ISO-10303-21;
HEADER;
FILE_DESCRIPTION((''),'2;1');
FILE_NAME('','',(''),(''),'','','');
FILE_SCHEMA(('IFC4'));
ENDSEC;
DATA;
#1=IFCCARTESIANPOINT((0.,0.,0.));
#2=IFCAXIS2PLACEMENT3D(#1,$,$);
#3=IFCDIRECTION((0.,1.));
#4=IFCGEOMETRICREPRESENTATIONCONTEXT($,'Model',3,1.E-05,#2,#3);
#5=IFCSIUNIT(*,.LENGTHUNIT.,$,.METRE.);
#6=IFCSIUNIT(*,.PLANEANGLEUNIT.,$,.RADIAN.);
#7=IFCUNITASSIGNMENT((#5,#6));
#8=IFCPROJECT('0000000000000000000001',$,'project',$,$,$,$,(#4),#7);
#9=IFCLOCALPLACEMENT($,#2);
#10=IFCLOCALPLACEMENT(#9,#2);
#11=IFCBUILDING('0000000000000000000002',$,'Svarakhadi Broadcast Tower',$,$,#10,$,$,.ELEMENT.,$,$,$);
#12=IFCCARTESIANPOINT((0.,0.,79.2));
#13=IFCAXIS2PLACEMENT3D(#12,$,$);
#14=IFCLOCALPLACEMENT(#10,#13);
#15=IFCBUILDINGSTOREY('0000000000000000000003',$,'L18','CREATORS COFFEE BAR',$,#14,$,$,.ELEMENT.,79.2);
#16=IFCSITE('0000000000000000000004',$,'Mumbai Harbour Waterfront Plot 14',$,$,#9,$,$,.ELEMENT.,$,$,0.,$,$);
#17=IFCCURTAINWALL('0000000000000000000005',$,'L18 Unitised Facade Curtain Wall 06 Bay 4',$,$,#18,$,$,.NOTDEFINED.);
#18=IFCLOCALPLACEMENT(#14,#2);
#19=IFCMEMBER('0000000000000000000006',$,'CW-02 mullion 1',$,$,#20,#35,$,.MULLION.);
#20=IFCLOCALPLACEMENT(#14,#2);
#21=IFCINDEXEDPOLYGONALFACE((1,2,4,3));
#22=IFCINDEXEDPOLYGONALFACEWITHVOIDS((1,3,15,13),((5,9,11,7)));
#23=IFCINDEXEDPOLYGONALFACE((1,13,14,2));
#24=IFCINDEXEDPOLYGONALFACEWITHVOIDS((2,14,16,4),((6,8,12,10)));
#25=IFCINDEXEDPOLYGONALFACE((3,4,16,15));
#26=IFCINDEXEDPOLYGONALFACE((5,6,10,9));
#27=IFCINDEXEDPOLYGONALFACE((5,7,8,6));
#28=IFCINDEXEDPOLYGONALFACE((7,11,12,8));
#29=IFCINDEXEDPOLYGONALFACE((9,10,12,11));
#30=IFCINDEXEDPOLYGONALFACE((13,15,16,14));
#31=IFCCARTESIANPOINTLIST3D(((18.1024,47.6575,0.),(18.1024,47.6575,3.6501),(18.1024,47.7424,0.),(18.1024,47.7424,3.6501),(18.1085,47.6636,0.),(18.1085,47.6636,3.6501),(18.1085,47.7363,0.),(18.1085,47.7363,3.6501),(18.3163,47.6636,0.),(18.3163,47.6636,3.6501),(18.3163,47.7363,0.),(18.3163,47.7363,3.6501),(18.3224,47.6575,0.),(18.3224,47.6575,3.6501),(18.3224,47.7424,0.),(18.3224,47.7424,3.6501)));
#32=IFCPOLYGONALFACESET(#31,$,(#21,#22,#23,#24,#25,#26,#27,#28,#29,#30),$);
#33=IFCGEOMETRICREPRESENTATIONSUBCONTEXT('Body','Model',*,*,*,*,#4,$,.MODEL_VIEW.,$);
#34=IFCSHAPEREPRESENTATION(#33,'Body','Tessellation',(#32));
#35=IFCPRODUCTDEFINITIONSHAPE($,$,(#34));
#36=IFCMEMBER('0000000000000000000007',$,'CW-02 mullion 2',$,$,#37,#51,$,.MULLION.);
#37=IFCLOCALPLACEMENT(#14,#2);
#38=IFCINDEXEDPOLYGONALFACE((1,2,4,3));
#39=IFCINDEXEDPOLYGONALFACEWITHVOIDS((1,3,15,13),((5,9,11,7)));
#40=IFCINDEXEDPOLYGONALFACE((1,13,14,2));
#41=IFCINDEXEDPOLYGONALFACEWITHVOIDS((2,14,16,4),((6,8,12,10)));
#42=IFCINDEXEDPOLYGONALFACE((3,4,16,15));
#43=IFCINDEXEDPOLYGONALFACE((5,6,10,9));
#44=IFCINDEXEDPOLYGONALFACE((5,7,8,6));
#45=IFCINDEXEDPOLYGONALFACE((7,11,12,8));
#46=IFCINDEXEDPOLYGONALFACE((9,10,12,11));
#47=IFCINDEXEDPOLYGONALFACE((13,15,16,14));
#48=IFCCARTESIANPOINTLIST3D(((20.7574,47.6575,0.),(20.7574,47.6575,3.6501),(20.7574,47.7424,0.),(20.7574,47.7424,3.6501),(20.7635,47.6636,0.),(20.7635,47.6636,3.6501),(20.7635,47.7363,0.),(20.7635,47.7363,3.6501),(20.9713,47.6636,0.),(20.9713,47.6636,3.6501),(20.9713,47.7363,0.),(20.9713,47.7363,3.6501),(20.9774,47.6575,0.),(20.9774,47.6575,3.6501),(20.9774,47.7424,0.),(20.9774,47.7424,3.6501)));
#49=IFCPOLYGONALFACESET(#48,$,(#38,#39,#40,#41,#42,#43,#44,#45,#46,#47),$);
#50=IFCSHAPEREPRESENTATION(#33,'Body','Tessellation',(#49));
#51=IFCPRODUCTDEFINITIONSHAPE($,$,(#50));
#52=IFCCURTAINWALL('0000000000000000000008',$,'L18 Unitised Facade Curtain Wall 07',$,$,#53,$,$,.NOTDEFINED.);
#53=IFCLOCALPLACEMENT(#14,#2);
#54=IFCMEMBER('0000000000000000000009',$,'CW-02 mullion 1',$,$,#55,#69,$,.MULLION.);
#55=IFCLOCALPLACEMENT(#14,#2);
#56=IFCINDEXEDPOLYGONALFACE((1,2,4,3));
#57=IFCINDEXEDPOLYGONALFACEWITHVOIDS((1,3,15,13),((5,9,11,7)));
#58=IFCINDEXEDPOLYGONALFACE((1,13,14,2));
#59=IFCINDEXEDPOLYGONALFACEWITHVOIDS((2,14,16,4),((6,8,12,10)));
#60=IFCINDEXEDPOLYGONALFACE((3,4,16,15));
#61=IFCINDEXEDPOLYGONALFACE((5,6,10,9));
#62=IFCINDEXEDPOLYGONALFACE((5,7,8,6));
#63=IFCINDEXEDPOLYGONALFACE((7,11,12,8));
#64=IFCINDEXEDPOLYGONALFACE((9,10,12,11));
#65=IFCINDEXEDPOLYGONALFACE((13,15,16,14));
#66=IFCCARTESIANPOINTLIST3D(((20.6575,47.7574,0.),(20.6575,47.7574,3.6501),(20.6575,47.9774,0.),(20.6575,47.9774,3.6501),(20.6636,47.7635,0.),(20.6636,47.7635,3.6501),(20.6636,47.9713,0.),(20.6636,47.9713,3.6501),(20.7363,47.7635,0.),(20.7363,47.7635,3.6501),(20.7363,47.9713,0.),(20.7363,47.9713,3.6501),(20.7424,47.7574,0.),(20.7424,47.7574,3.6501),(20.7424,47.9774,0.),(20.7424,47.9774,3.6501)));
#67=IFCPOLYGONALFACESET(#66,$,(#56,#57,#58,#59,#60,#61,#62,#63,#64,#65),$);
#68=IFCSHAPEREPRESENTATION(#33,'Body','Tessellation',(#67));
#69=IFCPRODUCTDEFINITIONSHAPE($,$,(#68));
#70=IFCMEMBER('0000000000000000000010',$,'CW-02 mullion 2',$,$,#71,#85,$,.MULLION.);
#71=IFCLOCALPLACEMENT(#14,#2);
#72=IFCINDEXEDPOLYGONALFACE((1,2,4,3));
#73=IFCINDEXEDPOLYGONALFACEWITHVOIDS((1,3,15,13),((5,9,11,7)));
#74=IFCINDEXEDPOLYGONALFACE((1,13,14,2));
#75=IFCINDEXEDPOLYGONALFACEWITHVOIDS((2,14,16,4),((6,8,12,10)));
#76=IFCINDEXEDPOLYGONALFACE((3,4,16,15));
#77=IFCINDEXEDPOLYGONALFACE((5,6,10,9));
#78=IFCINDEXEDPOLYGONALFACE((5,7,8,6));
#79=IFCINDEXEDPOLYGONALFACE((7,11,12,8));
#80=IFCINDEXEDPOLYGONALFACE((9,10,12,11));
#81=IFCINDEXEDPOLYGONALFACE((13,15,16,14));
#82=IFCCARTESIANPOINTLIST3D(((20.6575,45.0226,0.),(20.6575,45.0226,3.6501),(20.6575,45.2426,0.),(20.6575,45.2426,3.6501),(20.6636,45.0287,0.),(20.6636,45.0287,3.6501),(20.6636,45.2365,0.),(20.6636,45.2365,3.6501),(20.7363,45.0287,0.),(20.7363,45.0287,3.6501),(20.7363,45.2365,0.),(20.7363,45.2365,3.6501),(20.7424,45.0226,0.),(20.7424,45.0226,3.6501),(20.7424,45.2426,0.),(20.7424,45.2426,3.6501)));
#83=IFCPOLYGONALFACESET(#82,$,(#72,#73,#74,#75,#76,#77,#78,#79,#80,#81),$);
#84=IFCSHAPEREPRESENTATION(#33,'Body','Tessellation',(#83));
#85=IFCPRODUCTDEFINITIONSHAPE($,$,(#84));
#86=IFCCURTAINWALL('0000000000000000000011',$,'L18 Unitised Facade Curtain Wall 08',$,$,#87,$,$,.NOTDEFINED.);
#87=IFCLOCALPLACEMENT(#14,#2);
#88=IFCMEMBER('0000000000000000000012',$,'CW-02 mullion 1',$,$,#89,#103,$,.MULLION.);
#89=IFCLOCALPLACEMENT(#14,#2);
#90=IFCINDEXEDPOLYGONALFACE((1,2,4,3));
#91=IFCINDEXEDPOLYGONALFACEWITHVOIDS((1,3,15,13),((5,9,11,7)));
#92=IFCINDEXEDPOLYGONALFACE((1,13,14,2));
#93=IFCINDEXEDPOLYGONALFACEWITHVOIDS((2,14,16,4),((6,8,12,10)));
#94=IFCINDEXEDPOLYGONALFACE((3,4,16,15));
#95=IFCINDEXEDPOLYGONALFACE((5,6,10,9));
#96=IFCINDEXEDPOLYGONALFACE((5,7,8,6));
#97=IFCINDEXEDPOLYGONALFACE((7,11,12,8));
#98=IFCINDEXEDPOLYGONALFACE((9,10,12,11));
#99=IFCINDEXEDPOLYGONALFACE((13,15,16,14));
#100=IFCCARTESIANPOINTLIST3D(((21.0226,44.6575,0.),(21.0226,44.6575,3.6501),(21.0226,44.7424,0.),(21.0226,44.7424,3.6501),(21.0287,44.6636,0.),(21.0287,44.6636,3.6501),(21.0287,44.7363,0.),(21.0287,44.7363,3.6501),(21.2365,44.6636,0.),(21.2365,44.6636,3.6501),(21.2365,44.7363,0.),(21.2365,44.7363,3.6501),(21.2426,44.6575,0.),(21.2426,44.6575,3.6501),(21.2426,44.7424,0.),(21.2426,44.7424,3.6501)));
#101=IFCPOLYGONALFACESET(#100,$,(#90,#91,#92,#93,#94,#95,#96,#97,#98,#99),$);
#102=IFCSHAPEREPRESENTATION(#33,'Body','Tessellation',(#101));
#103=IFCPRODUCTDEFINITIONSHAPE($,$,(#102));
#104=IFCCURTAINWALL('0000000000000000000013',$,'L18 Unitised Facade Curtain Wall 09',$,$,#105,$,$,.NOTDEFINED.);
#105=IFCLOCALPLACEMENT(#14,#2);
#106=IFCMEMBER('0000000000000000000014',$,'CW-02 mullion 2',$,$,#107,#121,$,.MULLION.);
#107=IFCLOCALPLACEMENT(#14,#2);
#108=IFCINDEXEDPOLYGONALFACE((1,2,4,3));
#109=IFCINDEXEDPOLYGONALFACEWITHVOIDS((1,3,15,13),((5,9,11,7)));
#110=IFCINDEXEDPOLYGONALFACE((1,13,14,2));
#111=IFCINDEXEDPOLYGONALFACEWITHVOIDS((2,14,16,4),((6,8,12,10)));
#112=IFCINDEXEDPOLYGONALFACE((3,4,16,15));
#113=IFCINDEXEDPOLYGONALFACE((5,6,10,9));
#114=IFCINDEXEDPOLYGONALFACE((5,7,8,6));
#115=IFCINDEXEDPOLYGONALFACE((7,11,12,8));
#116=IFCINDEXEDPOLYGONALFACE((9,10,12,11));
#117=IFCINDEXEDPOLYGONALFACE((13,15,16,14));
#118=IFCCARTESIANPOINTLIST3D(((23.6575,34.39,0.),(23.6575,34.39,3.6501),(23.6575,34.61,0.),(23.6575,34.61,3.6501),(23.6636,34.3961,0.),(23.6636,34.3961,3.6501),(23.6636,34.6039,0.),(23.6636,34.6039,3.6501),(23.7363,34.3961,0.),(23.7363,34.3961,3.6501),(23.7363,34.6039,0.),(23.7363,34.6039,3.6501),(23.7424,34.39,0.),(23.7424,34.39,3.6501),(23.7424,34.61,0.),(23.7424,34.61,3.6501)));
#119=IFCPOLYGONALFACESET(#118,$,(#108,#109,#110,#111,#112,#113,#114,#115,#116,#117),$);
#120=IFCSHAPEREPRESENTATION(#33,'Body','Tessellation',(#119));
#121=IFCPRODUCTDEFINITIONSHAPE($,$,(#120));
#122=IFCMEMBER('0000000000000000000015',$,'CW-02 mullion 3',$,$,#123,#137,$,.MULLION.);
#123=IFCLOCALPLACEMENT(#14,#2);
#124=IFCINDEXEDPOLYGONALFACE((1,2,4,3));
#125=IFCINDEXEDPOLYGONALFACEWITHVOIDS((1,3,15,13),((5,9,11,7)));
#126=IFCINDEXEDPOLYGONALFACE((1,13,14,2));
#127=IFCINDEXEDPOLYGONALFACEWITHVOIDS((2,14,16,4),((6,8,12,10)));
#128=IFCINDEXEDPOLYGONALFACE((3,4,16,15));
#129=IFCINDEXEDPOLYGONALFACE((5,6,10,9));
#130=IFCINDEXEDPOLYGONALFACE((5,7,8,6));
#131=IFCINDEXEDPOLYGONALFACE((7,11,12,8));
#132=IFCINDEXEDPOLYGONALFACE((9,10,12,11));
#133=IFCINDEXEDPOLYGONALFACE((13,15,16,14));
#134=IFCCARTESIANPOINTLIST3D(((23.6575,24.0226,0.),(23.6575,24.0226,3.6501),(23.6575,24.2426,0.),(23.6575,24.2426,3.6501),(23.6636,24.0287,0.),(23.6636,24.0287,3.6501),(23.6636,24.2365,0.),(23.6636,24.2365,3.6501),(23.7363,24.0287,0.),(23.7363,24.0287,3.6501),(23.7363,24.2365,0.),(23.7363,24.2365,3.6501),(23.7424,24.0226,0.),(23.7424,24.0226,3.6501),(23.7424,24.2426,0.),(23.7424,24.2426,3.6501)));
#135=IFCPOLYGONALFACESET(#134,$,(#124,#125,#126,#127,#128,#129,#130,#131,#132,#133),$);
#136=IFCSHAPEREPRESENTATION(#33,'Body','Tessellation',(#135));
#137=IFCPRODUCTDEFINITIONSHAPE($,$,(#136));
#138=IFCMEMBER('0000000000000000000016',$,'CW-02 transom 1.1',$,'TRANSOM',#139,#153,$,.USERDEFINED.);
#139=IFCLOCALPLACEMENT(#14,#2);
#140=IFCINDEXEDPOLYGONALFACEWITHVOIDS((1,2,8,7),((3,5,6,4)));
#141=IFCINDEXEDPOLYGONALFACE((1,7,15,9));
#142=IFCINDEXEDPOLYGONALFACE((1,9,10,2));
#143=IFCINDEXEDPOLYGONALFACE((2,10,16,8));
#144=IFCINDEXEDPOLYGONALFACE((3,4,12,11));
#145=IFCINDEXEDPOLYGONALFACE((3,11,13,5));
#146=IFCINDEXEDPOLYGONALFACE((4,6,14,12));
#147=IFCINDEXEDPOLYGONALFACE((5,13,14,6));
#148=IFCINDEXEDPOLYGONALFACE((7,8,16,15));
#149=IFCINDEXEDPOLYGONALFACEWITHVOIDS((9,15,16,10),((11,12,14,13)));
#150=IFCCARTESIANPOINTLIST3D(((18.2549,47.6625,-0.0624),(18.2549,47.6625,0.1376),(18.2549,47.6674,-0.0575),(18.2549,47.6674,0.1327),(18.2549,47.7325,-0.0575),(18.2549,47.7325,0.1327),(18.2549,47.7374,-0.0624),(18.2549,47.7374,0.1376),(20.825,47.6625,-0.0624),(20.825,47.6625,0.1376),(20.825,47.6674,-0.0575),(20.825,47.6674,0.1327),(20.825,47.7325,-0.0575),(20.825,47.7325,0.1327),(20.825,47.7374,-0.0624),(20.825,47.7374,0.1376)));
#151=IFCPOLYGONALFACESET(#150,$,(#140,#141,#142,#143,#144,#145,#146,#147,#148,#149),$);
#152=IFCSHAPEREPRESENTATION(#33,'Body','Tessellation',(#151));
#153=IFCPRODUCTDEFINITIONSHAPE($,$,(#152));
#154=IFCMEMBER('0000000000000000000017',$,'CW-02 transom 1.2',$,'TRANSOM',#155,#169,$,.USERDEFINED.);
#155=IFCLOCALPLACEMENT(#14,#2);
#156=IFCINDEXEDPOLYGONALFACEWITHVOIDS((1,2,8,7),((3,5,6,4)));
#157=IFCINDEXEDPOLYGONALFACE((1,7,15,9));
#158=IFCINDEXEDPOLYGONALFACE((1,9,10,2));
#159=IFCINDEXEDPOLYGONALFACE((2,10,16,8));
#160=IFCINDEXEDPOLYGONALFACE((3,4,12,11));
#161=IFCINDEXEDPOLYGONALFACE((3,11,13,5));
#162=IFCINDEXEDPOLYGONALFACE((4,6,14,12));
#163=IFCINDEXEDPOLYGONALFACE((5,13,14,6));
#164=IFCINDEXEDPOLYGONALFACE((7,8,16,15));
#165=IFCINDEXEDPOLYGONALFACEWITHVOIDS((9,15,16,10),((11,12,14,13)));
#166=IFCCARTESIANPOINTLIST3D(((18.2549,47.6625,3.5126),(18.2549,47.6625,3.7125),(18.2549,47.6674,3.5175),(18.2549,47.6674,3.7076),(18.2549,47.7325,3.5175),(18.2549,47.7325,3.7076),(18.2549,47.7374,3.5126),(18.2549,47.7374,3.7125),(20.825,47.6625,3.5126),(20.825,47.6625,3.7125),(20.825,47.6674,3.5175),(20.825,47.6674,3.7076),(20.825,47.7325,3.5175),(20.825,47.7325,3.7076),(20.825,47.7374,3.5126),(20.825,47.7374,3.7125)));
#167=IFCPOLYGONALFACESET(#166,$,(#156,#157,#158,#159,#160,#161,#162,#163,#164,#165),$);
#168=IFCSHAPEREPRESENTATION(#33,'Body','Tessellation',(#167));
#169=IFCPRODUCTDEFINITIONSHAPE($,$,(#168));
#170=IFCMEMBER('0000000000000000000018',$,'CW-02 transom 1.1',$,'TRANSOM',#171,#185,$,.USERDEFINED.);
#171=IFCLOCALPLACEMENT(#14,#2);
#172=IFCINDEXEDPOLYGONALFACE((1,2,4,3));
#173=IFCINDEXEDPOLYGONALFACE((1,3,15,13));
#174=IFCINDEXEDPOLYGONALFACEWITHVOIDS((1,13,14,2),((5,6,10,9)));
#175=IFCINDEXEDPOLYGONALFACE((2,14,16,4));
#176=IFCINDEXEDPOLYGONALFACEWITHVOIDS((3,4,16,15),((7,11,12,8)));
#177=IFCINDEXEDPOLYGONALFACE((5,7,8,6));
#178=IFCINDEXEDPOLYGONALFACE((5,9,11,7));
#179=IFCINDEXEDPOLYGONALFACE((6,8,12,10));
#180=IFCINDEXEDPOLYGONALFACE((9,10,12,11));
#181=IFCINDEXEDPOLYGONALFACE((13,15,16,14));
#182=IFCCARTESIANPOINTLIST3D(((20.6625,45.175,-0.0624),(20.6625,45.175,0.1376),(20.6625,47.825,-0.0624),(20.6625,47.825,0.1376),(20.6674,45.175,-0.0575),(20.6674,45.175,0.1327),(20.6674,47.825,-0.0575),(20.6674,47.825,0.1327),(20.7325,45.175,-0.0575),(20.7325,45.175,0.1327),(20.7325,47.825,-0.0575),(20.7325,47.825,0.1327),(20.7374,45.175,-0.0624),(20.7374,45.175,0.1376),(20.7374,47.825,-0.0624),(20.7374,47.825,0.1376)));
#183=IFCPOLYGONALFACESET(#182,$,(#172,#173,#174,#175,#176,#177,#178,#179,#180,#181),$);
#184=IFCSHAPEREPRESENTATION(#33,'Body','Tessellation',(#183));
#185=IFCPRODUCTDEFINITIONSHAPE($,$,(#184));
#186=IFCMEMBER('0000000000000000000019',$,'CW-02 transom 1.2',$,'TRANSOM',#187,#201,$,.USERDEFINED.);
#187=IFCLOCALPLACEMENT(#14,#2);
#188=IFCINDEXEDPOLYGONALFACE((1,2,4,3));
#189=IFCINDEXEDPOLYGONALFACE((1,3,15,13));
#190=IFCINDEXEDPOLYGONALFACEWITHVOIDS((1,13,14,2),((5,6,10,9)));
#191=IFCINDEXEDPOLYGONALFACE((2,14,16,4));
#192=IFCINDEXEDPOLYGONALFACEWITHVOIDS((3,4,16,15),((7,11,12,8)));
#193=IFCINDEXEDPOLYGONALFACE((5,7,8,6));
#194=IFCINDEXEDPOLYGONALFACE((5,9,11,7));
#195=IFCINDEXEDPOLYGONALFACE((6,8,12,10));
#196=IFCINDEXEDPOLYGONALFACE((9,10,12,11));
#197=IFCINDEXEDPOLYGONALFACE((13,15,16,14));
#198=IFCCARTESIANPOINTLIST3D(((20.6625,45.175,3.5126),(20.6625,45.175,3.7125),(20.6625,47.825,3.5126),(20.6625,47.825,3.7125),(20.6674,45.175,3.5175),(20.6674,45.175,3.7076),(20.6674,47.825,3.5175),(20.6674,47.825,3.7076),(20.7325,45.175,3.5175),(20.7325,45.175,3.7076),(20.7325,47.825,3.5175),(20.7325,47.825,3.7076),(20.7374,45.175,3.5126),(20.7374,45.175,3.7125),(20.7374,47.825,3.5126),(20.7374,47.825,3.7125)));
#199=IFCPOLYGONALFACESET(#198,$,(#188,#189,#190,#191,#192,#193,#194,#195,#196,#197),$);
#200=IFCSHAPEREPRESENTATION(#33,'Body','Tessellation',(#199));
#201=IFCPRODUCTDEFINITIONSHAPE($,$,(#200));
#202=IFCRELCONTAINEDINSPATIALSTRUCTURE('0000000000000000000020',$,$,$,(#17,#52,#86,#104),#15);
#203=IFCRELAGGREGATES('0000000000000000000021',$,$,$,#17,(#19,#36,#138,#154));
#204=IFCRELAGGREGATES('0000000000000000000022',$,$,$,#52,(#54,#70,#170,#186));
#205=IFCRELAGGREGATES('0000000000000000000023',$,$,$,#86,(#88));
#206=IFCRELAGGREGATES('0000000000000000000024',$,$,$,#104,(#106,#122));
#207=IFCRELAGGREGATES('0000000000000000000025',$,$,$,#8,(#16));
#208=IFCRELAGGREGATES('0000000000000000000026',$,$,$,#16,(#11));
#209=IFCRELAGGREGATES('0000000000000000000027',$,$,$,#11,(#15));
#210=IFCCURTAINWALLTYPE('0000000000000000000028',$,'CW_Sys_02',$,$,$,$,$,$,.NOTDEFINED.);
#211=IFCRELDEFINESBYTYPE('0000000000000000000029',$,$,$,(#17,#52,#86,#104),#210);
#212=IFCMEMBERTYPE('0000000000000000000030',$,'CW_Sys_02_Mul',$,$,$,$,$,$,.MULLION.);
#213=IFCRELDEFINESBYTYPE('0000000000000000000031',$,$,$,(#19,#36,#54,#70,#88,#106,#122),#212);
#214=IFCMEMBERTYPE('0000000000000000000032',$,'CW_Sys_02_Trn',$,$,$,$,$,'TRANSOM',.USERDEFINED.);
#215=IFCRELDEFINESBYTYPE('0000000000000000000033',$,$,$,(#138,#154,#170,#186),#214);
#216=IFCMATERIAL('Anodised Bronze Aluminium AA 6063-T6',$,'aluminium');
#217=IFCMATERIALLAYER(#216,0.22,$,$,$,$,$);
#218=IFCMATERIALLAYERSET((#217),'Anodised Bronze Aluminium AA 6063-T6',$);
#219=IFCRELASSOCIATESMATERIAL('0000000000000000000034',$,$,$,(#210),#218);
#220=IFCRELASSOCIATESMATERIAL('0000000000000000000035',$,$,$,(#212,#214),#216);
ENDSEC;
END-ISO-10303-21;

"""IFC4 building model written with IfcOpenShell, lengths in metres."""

from ifc_helpers import new_model, si_unit, direction, frame, origin, origin_2d, place, context, subcontext, project, spatial, hollow_rectangle, extrude, material, layer, layer_set, material_profile, profile_set, type_object, element, aggregate, save


model = new_model("IFC4")

# Units and contexts
model_context = context("Model", 3, precision=1e-05, world=origin(), true_north=direction((0.0, 1.0)))
body_context = subcontext(model_context, "Body", "Model", "MODEL_VIEW")
ifc_project = project(units=[si_unit("LENGTHUNIT", "METRE"), si_unit("PLANEANGLEUNIT", "RADIAN")], contexts=[model_context])

# Site, building, storey
site_placement = place(None, origin())
site = spatial("IfcSite", under=ifc_project, at=site_placement, Name="Mumbai Harbour Waterfront Plot 14", CompositionType="ELEMENT", RefElevation=0.0)
building_placement = place(site_placement, origin())
building = spatial("IfcBuilding", under=site, at=building_placement, Name="Svarakhadi Broadcast Tower", CompositionType="ELEMENT")
storey_placement = place(building_placement, frame((0.0, 0.0, 79.2)))
storey = spatial("IfcBuildingStorey", under=building, at=storey_placement, Name="L18", Description="CREATORS COFFEE BAR", CompositionType="ELEMENT", Elevation=79.2)

# Curtain walls, members
ifc_material_1 = material(Name="Anodised Bronze Aluminium AA 6063-T6", Category="aluminium")
ifc_layer_1 = layer(ifc_material_1, 0.22)
ifc_layer_set_1 = layer_set([ifc_layer_1], Name="Anodised Bronze Aluminium AA 6063-T6")
curtain_wall_type = type_object("IfcCurtainWallType", Name="CW_Sys_02", PredefinedType="NOTDEFINED", material=ifc_layer_set_1)
curtain_wall_1_placement = place(storey_placement, origin())
curtain_wall_1 = element("IfcCurtainWall", 1, at=curtain_wall_1_placement, inside=storey, type_object=curtain_wall_type, Name="L18 Unitised Facade Curtain Wall 06 Bay 4", PredefinedType="NOTDEFINED")
ifc_material_profile_1 = material_profile(ifc_material_1, hollow_rectangle(XDim=0.085, YDim=0.22, WallThickness=0.0061, at=origin_2d()), Name="ALU MULLION 220x85x6")
ifc_profile_set_1 = profile_set([ifc_material_profile_1], Name="Anodised Bronze Aluminium AA 6063-T6")
member_type_1 = type_object("IfcMemberType", Name="CW_Sys_02_Mul", PredefinedType="MULLION", material=ifc_profile_set_1)
member_1_placement = place(storey_placement, frame((18.2124, 47.7, 0.0), z_axis=(0.0, 0.0, 1.0), x_axis=(0.0, 1.0, 0.0)))
member_1 = element("IfcMember", 2, at=member_1_placement, type_object=member_type_1, Name="CW-02 mullion 1", PredefinedType="MULLION", context=body_context, shape_type="SweptSolid", body=[
    extrude(hollow_rectangle(XDim=0.085, YDim=0.22, WallThickness=0.0061, at=origin_2d()), origin(), (0.0, 0.0, 1.0), 3.6501),
])
member_2_placement = place(storey_placement, frame((20.8674, 47.7, 0.0), z_axis=(0.0, 0.0, 1.0), x_axis=(0.0, 1.0, 0.0)))
member_2 = element("IfcMember", 3, at=member_2_placement, type_object=member_type_1, Name="CW-02 mullion 2", PredefinedType="MULLION", context=body_context, shape_type="SweptSolid", body=[
    extrude(hollow_rectangle(XDim=0.085, YDim=0.22, WallThickness=0.0061, at=origin_2d()), origin(), (0.0, 0.0, 1.0), 3.6501),
])
curtain_wall_2_placement = place(storey_placement, origin())
curtain_wall_2 = element("IfcCurtainWall", 4, at=curtain_wall_2_placement, inside=storey, type_object=curtain_wall_type, Name="L18 Unitised Facade Curtain Wall 07", PredefinedType="NOTDEFINED")
member_3_placement = place(storey_placement, frame((20.7, 47.8674, 0.0), z_axis=(0.0, 0.0, 1.0), x_axis=(1.0, 0.0, 0.0)))
member_3 = element("IfcMember", 5, at=member_3_placement, type_object=member_type_1, Name="CW-02 mullion 1", PredefinedType="MULLION", context=body_context, shape_type="SweptSolid", body=[
    extrude(hollow_rectangle(XDim=0.085, YDim=0.22, WallThickness=0.0061, at=origin_2d()), origin(), (0.0, 0.0, 1.0), 3.6501),
])
member_4_placement = place(storey_placement, frame((20.7, 45.1326, 0.0), z_axis=(0.0, 0.0, 1.0), x_axis=(1.0, 0.0, 0.0)))
member_4 = element("IfcMember", 6, at=member_4_placement, type_object=member_type_1, Name="CW-02 mullion 2", PredefinedType="MULLION", context=body_context, shape_type="SweptSolid", body=[
    extrude(hollow_rectangle(XDim=0.085, YDim=0.22, WallThickness=0.0061, at=origin_2d()), origin(), (0.0, 0.0, 1.0), 3.6501),
])

# Curtain wall, member
curtain_wall_3_placement = place(storey_placement, origin())
curtain_wall_3 = element("IfcCurtainWall", 7, at=curtain_wall_3_placement, inside=storey, type_object=curtain_wall_type, Name="L18 Unitised Facade Curtain Wall 08", PredefinedType="NOTDEFINED")
member_5_placement = place(storey_placement, frame((21.1326, 44.7, 0.0), z_axis=(0.0, 0.0, 1.0), x_axis=(0.0, 1.0, 0.0)))
member_5 = element("IfcMember", 8, at=member_5_placement, type_object=member_type_1, Name="CW-02 mullion 1", PredefinedType="MULLION", context=body_context, shape_type="SweptSolid", body=[
    extrude(hollow_rectangle(XDim=0.085, YDim=0.22, WallThickness=0.0061, at=origin_2d()), origin(), (0.0, 0.0, 1.0), 3.6501),
])

# Curtain wall, members
curtain_wall_4_placement = place(storey_placement, origin())
curtain_wall_4 = element("IfcCurtainWall", 9, at=curtain_wall_4_placement, inside=storey, type_object=curtain_wall_type, Name="L18 Unitised Facade Curtain Wall 09", PredefinedType="NOTDEFINED")
member_6_placement = place(storey_placement, frame((23.7, 34.5, 0.0), z_axis=(0.0, 0.0, 1.0), x_axis=(1.0, 0.0, 0.0)))
member_6 = element("IfcMember", 10, at=member_6_placement, type_object=member_type_1, Name="CW-02 mullion 2", PredefinedType="MULLION", context=body_context, shape_type="SweptSolid", body=[
    extrude(hollow_rectangle(XDim=0.085, YDim=0.22, WallThickness=0.0061, at=origin_2d()), origin(), (0.0, 0.0, 1.0), 3.6501),
])
member_7_placement = place(storey_placement, frame((23.7, 24.1326, 0.0), z_axis=(0.0, 0.0, 1.0), x_axis=(1.0, 0.0, 0.0)))
member_7 = element("IfcMember", 11, at=member_7_placement, type_object=member_type_1, Name="CW-02 mullion 3", PredefinedType="MULLION", context=body_context, shape_type="SweptSolid", body=[
    extrude(hollow_rectangle(XDim=0.085, YDim=0.22, WallThickness=0.0061, at=origin_2d()), origin(), (0.0, 0.0, 1.0), 3.6501),
])

# Members
ifc_material_profile_2 = material_profile(ifc_material_1, hollow_rectangle(XDim=0.075, YDim=0.2, WallThickness=0.0049, at=origin_2d()), Name="ALU TRANSOM 200x75x5")
ifc_profile_set_2 = profile_set([ifc_material_profile_2], Name="Anodised Bronze Aluminium AA 6063-T6")
member_type_2 = type_object("IfcMemberType", Name="CW_Sys_02_Trn", ElementType="TRANSOM", PredefinedType="USERDEFINED", material=ifc_profile_set_2)
member_8_placement = place(storey_placement, frame((18.2549, 47.7, 0.0376), z_axis=(1.0, 0.0, 0.0), x_axis=(0.0, 1.0, 0.0)))
member_8 = element("IfcMember", 12, at=member_8_placement, type_object=member_type_2, Name="CW-02 transom 1.1", ObjectType="TRANSOM", PredefinedType="USERDEFINED", context=body_context, shape_type="SweptSolid", body=[
    extrude(hollow_rectangle(XDim=0.075, YDim=0.2, WallThickness=0.0049, at=origin_2d()), origin(), (0.0, 0.0, 1.0), 2.5701),
])
member_9_placement = place(storey_placement, frame((18.2549, 47.7, 3.6125), z_axis=(1.0, 0.0, 0.0), x_axis=(0.0, 1.0, 0.0)))
member_9 = element("IfcMember", 13, at=member_9_placement, type_object=member_type_2, Name="CW-02 transom 1.2", ObjectType="TRANSOM", PredefinedType="USERDEFINED", context=body_context, shape_type="SweptSolid", body=[
    extrude(hollow_rectangle(XDim=0.075, YDim=0.2, WallThickness=0.0049, at=origin_2d()), origin(), (0.0, 0.0, 1.0), 2.5701),
])
member_10_placement = place(storey_placement, frame((20.7, 47.825, 0.0376), z_axis=(0.0, -1.0, 0.0), x_axis=(1.0, 0.0, 0.0)))
member_10 = element("IfcMember", 14, at=member_10_placement, type_object=member_type_2, Name="CW-02 transom 1.1", ObjectType="TRANSOM", PredefinedType="USERDEFINED", context=body_context, shape_type="SweptSolid", body=[
    extrude(hollow_rectangle(XDim=0.075, YDim=0.2, WallThickness=0.0049, at=origin_2d()), origin(), (0.0, 0.0, 1.0), 2.6499),
])
member_11_placement = place(storey_placement, frame((20.7, 47.825, 3.6125), z_axis=(0.0, -1.0, 0.0), x_axis=(1.0, 0.0, 0.0)))
member_11 = element("IfcMember", 15, at=member_11_placement, type_object=member_type_2, Name="CW-02 transom 1.2", ObjectType="TRANSOM", PredefinedType="USERDEFINED", context=body_context, shape_type="SweptSolid", body=[
    extrude(hollow_rectangle(XDim=0.075, YDim=0.2, WallThickness=0.0049, at=origin_2d()), origin(), (0.0, 0.0, 1.0), 2.6499),
])

aggregate(curtain_wall_1, [member_1, member_2, member_8, member_9])
aggregate(curtain_wall_2, [member_3, member_4, member_10, member_11])
aggregate(curtain_wall_3, [member_5])
aggregate(curtain_wall_4, [member_6, member_7])

save(model, "model.ifc")
